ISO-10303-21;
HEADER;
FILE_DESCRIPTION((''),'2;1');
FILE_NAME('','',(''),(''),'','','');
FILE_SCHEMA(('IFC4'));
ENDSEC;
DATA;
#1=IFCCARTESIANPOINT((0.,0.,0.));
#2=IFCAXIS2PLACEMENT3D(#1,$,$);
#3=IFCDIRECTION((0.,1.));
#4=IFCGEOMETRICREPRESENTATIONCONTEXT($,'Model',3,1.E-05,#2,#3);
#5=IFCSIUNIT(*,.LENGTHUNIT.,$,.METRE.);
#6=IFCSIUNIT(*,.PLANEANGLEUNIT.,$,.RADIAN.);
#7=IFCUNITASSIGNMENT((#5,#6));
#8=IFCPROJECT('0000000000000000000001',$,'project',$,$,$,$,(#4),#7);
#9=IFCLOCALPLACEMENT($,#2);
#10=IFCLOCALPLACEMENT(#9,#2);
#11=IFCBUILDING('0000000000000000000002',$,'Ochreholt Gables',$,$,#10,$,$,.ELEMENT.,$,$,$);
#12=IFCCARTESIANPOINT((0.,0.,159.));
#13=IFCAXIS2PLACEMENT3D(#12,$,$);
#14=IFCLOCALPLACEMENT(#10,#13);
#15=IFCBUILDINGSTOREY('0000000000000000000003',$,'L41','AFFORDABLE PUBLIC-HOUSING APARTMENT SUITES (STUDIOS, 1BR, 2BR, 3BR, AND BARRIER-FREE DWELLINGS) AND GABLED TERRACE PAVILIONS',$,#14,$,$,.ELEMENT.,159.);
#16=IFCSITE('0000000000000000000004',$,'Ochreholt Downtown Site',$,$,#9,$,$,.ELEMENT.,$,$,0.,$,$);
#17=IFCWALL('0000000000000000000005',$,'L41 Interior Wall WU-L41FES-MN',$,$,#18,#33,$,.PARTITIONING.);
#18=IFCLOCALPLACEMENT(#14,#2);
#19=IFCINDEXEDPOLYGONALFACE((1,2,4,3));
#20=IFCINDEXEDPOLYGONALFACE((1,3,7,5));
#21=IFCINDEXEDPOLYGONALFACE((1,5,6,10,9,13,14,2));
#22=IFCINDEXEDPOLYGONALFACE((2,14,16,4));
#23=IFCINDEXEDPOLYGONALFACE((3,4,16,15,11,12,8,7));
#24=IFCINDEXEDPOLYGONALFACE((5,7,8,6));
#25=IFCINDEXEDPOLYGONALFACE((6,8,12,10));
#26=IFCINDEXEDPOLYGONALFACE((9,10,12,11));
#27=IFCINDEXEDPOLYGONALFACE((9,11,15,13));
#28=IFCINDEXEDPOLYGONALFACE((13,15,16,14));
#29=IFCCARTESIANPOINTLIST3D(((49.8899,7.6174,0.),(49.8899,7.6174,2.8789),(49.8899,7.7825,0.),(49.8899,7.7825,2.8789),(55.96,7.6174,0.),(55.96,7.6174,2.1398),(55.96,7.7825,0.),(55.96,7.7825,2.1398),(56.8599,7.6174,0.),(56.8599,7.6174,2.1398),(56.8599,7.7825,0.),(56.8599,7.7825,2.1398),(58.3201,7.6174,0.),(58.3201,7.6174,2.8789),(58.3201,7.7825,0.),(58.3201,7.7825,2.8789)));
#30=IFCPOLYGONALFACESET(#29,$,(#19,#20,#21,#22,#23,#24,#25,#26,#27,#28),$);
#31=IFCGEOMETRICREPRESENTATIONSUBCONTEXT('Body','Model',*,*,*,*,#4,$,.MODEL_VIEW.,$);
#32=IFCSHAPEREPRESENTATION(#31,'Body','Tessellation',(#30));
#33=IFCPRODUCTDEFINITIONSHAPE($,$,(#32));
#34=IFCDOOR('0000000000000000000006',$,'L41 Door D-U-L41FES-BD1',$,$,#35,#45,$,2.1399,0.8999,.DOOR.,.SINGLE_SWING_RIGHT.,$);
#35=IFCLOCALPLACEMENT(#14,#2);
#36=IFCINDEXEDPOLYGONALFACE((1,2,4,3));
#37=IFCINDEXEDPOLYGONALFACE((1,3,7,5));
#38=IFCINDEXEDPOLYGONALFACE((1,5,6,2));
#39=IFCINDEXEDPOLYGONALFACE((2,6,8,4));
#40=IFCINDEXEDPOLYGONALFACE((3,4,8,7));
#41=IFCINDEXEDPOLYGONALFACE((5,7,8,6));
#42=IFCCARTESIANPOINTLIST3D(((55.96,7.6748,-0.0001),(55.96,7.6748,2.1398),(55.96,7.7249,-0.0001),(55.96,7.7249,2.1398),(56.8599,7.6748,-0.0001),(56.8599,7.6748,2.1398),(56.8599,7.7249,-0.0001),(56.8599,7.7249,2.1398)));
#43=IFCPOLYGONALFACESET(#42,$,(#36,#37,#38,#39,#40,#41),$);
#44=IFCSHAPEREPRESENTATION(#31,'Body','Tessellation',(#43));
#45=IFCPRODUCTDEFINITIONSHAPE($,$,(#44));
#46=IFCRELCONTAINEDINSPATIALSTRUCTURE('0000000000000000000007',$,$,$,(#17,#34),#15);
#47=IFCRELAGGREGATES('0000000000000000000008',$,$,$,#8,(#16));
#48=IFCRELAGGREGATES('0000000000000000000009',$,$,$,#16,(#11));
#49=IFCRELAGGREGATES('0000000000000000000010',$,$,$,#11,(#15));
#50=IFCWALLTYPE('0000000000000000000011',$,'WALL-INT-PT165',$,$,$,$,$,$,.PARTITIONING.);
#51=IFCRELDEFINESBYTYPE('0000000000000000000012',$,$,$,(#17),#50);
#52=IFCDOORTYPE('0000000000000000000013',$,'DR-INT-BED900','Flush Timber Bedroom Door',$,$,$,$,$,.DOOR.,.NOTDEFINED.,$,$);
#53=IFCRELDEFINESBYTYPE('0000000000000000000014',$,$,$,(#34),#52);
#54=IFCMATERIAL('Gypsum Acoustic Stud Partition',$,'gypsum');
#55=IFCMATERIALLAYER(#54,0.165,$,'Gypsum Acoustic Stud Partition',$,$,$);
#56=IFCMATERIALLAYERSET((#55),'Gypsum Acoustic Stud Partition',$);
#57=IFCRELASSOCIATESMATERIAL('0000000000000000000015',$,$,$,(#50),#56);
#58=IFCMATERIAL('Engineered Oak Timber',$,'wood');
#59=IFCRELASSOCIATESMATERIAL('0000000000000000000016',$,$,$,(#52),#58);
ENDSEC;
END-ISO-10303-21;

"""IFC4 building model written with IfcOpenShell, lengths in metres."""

from ifc_helpers import new_model, si_unit, direction, frame, frame_2d, origin, place, context, subcontext, project, spatial, rectangle, extrude, material, layer, layer_set, type_object, element, fill, save


model = new_model("IFC4")

# Units and contexts
model_context = context("Model", 3, precision=1e-05, world=origin(), true_north=direction((0.0, 1.0)))
body_context = subcontext(model_context, "Body", "Model", "MODEL_VIEW")
ifc_project = project(units=[si_unit("LENGTHUNIT", "METRE"), si_unit("PLANEANGLEUNIT", "RADIAN")], contexts=[model_context])

# Site, building, storey
site_placement = place(None, origin())
site = spatial("IfcSite", under=ifc_project, at=site_placement, Name="Ochreholt Downtown Site", CompositionType="ELEMENT", RefElevation=0.0)
building_placement = place(site_placement, origin())
building = spatial("IfcBuilding", under=site, at=building_placement, Name="Ochreholt Gables", CompositionType="ELEMENT")
storey_placement = place(building_placement, frame((0.0, 0.0, 159.0)))
storey = spatial("IfcBuildingStorey", under=building, at=storey_placement, Name="L41", Description="AFFORDABLE PUBLIC-HOUSING APARTMENT SUITES (STUDIOS, 1BR, 2BR, 3BR, AND BARRIER-FREE DWELLINGS) AND GABLED TERRACE PAVILIONS", CompositionType="ELEMENT", Elevation=159.0)

# Shared definitions
ifc_material_1 = material(Name="Engineered Oak Timber", Category="wood")

# Wall, opening, door
ifc_material_2 = material(Name="Gypsum Acoustic Stud Partition", Category="gypsum")
ifc_layer_1 = layer(ifc_material_2, 0.165, Name="Gypsum Acoustic Stud Partition")
ifc_layer_set_1 = layer_set([ifc_layer_1], Name="Gypsum Acoustic Stud Partition")
wall_type_1 = type_object("IfcWallType", Name="WALL-INT-PT165", PredefinedType="PARTITIONING", material=ifc_layer_set_1)
wall_1_placement = place(storey_placement, frame((49.8899, 7.7, 0.0), z_axis=(0.0, 0.0, 1.0), x_axis=(1.0, 0.0, 0.0)))
wall_1 = element("IfcWall", 1, at=wall_1_placement, inside=storey, type_object=wall_type_1, Name="L41 Interior Wall WU-L41FES-MN", PredefinedType="PARTITIONING", context=body_context, shape_type="SweptSolid", body=[
    extrude(rectangle(XDim=8.4302, YDim=0.165, at=frame_2d((4.2151, 0.0))), origin(), (0.0, 0.0, 1.0), 2.8789),
])
opening_1_placement = place(wall_1_placement, frame((6.0701, 0.0, 0.0)))
opening_1 = element("IfcOpeningElement", 2, at=opening_1_placement, cuts=wall_1, PredefinedType="OPENING", context=body_context, shape_type="SweptSolid", body=[
    extrude(rectangle(XDim=0.8999, YDim=2.1399, at=frame_2d((0.45, 1.0698))), frame((0.0, 0.0925, 0.0), z_axis=(0.0, -1.0, 0.0), x_axis=(1.0, 0.0, 0.0)), (0.0, 0.0, 1.0), 0.1851),
])
door_type_1 = type_object("IfcDoorType", Name="DR-INT-BED900", Description="Flush Timber Bedroom Door", OperationType="NOTDEFINED", PredefinedType="DOOR", material=ifc_material_1)
door_1_placement = place(opening_1_placement, origin())
door_1 = element("IfcDoor", 3, at=door_1_placement, inside=storey, type_object=door_type_1, Name="L41 Door D-U-L41FES-BD1", OperationType="SINGLE_SWING_RIGHT", OverallHeight=2.1399, OverallWidth=0.8999, PredefinedType="DOOR", context=body_context, shape_type="SweptSolid", body=[
    extrude(rectangle(XDim=0.8999, YDim=2.1399, at=frame_2d((0.45, 1.0698))), frame((0.0, 0.0249, 0.0), z_axis=(0.0, -1.0, 0.0), x_axis=(1.0, 0.0, 0.0)), (0.0, 0.0, 1.0), 0.05),
])
fill(opening_1, door_1)

save(model, "model.ifc")
